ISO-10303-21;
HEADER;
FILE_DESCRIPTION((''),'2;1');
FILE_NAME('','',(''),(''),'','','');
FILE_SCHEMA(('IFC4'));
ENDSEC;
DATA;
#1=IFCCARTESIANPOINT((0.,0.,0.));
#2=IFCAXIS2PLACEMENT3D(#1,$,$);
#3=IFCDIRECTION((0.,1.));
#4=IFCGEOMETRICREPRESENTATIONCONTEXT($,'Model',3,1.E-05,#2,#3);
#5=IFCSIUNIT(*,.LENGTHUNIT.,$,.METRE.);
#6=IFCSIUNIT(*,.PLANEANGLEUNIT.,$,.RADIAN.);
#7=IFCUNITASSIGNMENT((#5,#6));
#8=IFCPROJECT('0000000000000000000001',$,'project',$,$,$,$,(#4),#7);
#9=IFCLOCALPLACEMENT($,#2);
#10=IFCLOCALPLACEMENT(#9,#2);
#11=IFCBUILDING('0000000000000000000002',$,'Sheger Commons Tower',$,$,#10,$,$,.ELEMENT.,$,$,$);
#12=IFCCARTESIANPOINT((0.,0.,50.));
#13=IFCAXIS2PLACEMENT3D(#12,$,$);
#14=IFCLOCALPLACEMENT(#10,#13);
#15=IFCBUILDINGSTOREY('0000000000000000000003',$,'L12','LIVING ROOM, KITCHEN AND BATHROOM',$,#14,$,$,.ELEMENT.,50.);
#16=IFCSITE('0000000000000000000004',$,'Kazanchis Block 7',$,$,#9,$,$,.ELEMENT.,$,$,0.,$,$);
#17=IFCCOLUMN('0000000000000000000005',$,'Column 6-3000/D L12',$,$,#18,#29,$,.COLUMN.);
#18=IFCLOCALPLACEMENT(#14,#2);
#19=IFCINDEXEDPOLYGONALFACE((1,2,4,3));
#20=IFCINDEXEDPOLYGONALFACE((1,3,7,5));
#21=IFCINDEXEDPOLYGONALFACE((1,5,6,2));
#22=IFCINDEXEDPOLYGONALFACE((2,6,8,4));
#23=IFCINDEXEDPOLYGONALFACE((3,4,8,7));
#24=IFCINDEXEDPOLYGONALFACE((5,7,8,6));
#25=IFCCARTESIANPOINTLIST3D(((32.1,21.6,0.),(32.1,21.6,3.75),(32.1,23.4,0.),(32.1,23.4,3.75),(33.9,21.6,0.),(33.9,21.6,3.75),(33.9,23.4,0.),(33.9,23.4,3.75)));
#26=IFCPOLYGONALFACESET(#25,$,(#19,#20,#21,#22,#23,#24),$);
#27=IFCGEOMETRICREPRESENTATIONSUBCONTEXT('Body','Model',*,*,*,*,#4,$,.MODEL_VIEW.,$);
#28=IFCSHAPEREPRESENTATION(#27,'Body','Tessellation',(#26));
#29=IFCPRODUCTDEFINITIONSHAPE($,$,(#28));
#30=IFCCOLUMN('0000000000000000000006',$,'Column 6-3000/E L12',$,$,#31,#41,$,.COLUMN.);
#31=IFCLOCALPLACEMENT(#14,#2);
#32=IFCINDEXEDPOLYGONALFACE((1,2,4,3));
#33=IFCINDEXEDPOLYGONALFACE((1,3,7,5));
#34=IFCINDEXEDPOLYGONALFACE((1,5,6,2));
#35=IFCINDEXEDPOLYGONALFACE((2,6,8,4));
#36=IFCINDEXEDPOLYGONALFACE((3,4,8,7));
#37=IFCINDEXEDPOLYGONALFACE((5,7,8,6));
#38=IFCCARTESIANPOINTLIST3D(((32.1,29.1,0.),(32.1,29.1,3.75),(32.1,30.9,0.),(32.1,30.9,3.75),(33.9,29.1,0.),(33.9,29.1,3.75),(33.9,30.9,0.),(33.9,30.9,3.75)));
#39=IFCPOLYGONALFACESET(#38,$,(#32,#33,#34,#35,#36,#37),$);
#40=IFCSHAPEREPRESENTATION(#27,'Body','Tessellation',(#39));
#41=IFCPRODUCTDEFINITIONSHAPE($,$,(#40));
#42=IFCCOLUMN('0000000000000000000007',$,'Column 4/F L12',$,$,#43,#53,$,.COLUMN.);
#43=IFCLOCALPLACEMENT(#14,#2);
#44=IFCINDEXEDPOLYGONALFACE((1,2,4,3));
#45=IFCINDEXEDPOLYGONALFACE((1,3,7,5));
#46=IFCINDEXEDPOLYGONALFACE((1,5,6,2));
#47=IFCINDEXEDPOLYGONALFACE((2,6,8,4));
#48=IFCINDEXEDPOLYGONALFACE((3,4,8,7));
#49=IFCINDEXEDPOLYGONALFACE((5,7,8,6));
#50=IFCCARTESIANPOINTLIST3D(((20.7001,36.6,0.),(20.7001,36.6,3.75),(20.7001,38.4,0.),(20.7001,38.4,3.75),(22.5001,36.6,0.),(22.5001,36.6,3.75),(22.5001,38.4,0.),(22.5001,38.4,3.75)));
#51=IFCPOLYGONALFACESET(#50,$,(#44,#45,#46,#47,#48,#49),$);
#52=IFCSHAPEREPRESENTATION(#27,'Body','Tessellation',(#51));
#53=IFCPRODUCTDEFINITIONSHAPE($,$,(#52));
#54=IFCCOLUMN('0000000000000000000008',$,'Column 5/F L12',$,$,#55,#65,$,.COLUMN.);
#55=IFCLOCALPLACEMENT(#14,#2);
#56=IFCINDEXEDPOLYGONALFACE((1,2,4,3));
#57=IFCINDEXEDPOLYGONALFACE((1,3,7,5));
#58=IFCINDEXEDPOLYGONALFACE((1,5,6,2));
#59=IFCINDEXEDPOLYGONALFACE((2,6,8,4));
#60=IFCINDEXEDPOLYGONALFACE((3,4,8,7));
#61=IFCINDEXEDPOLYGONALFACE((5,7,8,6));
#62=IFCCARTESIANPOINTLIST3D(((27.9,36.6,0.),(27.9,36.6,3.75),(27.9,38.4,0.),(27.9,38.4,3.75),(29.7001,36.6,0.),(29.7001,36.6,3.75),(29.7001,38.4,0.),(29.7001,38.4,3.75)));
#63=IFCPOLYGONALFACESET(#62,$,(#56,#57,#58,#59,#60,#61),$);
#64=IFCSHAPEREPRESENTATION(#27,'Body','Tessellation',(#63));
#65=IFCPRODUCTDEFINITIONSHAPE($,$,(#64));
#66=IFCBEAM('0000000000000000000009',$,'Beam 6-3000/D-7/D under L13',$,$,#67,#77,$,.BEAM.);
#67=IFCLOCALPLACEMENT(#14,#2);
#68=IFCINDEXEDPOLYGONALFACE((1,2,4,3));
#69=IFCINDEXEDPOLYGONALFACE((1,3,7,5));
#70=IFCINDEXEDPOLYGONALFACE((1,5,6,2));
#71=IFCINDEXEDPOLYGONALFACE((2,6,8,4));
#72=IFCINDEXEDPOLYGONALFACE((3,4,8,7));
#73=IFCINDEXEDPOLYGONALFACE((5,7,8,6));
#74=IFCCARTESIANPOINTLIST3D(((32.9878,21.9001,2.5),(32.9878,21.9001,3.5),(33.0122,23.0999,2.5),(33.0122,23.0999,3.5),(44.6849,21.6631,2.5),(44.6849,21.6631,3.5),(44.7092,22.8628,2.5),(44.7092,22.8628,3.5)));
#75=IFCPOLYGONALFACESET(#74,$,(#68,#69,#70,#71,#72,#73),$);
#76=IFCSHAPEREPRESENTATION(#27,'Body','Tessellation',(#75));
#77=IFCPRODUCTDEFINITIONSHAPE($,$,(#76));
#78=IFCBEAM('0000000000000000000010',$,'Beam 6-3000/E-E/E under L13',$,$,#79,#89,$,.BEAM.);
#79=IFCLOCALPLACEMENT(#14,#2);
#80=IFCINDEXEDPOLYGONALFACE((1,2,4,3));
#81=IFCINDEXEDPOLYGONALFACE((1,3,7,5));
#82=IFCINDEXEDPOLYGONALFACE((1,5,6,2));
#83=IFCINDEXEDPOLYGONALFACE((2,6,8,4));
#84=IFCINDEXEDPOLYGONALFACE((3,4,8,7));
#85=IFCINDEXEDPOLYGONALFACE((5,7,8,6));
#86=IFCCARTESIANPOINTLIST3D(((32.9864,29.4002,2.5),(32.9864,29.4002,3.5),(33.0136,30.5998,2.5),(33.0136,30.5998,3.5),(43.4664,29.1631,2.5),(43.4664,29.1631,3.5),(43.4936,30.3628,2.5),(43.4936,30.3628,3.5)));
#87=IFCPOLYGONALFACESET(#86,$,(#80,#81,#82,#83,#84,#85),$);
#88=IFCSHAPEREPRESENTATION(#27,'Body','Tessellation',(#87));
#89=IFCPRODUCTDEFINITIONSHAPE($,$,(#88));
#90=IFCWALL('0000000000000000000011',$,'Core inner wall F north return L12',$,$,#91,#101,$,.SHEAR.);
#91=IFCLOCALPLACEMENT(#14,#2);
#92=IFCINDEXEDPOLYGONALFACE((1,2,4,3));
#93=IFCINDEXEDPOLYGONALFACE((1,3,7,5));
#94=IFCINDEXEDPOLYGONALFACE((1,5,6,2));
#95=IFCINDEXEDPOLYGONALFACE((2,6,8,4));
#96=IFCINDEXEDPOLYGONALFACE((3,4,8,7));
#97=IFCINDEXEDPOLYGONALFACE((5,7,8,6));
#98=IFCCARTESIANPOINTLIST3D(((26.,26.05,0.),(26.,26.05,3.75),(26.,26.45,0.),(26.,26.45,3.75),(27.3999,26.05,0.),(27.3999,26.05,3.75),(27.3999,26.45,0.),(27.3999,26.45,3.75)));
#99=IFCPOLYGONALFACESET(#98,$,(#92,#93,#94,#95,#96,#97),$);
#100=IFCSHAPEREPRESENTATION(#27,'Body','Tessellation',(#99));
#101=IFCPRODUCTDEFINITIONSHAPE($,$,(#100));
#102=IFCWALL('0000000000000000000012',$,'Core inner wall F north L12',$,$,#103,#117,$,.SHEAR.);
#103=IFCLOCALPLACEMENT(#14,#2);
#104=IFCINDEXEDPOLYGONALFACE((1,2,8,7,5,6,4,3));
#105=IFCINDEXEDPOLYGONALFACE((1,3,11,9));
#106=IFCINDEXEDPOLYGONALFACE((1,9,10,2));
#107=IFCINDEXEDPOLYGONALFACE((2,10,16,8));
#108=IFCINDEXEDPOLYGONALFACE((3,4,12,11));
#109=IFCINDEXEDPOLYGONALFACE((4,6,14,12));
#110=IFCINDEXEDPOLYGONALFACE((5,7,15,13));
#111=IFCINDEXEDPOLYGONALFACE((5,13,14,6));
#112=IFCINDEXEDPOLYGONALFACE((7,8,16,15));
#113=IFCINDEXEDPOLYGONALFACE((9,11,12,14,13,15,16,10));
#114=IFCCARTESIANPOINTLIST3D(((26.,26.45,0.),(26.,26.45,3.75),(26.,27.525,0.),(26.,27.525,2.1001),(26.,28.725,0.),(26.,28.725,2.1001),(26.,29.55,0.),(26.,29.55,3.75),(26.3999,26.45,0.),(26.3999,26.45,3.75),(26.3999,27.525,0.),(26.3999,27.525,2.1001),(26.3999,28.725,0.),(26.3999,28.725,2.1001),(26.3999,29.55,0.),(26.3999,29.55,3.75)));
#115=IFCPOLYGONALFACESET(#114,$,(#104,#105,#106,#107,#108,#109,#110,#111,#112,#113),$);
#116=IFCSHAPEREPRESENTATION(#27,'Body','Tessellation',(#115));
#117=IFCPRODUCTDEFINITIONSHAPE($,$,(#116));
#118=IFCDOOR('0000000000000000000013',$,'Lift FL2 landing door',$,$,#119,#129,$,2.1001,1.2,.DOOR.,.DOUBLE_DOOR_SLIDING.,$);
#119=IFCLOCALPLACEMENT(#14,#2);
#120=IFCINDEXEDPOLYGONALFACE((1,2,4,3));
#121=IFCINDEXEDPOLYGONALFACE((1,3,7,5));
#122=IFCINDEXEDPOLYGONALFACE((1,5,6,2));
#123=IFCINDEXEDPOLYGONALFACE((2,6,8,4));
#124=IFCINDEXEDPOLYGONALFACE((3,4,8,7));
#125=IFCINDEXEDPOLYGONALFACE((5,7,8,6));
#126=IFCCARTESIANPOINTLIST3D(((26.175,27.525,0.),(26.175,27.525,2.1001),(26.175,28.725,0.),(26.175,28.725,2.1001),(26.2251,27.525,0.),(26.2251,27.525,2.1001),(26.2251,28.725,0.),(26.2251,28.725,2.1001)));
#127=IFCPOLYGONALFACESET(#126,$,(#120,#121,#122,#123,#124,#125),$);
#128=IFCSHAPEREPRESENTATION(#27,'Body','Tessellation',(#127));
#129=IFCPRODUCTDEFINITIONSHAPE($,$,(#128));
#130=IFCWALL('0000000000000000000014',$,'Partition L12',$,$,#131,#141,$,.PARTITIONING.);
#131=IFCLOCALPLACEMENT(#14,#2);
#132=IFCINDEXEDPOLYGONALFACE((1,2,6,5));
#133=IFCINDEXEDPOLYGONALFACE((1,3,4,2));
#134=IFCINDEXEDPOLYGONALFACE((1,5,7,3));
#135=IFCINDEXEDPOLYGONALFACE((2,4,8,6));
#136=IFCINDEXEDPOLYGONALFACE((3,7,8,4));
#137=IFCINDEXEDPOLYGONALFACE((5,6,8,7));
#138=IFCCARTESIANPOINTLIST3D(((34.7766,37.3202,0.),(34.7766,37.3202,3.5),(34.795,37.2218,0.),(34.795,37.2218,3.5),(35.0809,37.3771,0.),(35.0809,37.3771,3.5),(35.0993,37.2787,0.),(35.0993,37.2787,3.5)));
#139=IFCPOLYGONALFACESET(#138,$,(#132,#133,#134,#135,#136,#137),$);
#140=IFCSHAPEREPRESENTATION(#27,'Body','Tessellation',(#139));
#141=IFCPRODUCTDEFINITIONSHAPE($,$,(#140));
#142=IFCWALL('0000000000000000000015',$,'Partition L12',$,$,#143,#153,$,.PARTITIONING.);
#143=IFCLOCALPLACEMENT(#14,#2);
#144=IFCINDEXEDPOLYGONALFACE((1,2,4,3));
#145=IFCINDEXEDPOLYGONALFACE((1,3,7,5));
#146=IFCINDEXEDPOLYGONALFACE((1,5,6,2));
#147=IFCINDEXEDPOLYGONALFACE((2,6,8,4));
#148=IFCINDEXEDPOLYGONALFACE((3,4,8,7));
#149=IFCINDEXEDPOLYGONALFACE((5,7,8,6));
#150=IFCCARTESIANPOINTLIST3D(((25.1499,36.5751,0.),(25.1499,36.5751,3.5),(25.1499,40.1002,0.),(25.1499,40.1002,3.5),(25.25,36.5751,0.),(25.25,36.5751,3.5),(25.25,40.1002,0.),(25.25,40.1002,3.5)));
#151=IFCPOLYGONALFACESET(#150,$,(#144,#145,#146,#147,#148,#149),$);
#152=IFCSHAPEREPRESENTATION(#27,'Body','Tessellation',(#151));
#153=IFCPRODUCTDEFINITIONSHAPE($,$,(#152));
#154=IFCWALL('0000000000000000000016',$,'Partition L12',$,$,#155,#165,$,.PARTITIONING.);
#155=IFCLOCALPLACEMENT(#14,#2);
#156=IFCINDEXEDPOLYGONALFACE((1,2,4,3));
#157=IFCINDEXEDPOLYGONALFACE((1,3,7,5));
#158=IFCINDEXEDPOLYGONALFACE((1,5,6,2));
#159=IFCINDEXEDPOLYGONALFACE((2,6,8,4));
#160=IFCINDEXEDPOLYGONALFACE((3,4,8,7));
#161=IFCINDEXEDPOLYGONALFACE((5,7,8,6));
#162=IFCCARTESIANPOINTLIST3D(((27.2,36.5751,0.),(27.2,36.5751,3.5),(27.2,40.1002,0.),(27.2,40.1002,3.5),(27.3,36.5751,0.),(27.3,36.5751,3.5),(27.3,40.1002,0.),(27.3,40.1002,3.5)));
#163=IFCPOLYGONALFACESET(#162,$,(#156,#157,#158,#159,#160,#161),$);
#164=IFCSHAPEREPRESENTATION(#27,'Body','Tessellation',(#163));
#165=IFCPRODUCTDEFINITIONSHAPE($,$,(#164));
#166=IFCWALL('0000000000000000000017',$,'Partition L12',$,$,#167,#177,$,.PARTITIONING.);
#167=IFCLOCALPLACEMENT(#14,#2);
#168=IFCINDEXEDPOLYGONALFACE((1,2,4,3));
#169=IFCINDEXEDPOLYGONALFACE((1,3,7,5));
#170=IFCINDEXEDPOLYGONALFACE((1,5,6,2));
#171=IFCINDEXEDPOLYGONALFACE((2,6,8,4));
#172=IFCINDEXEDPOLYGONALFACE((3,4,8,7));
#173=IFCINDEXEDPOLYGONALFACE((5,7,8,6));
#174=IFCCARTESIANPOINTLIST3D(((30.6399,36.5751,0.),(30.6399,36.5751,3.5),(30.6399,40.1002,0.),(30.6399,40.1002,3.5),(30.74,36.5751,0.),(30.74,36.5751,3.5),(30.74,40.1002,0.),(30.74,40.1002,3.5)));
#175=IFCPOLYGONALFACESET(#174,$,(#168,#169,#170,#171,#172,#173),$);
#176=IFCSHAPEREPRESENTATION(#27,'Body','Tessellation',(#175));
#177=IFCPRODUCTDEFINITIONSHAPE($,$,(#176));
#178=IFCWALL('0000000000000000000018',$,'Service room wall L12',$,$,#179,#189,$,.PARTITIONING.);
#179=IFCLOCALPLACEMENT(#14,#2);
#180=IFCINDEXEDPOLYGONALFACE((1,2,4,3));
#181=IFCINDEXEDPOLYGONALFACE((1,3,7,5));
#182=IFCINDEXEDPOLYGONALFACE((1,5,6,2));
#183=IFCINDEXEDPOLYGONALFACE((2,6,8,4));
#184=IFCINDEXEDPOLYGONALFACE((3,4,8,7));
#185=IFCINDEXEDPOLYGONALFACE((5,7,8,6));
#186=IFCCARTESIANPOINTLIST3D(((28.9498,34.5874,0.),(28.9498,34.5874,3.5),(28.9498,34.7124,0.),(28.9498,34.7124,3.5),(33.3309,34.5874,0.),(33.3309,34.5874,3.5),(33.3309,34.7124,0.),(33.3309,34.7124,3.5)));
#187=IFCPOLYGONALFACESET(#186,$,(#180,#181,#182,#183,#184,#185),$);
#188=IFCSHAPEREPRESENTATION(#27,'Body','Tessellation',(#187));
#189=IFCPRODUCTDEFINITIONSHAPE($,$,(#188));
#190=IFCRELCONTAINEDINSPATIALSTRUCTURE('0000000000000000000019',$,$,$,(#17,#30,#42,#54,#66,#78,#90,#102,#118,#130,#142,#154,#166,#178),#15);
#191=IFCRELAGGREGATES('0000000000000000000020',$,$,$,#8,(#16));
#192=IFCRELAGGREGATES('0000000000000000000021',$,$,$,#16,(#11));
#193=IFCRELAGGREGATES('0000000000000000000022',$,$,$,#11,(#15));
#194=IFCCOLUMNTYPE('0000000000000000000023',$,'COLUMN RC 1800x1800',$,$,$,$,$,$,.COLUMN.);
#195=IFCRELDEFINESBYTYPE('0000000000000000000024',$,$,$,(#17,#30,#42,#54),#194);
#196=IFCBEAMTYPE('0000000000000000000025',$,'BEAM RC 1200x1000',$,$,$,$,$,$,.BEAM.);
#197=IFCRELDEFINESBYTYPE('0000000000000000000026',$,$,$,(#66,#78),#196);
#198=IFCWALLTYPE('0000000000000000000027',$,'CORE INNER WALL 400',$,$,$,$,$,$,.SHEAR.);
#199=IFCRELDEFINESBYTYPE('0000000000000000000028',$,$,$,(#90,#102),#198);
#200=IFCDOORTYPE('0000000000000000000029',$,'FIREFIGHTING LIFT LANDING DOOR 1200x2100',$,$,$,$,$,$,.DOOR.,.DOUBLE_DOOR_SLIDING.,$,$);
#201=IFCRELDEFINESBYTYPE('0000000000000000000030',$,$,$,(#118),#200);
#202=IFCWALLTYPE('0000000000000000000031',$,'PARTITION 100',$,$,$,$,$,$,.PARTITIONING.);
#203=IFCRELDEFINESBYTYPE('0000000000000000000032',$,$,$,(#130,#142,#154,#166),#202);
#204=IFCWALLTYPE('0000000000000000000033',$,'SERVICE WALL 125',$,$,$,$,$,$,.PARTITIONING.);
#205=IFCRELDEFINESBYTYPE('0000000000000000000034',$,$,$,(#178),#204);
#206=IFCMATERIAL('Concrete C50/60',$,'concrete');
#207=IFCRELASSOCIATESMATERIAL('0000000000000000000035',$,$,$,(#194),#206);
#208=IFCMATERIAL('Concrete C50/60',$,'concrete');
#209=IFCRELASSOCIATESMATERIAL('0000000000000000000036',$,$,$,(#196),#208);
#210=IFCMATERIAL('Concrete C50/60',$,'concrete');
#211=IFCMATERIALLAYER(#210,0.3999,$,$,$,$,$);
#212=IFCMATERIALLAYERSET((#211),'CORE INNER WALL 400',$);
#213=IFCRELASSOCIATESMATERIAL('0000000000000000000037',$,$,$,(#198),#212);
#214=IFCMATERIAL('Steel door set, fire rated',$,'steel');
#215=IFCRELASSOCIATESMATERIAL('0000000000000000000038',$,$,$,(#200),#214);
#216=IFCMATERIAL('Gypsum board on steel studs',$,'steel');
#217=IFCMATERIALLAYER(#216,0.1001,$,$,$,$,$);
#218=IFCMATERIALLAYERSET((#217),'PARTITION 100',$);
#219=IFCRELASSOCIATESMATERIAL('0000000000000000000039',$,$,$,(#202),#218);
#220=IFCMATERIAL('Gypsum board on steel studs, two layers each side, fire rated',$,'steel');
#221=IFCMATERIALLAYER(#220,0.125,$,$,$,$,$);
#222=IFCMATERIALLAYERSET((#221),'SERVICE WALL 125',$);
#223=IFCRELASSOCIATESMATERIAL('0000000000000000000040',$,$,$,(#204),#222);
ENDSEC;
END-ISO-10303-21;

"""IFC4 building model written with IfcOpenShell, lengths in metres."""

from ifc_helpers import new_model, si_unit, direction, frame, frame_2d, origin, origin_2d, place, context, subcontext, project, spatial, rectangle, extrude, material, layer, layer_set, material_profile, profile_set, type_object, element, fill, save


model = new_model("IFC4")

# Units and contexts
model_context = context("Model", 3, precision=1e-05, world=origin(), true_north=direction((0.0, 1.0)))
body_context = subcontext(model_context, "Body", "Model", "MODEL_VIEW")
ifc_project = project(units=[si_unit("LENGTHUNIT", "METRE"), si_unit("PLANEANGLEUNIT", "RADIAN")], contexts=[model_context])

# Site, building, storey
site_placement = place(None, origin())
site = spatial("IfcSite", under=ifc_project, at=site_placement, Name="Kazanchis Block 7", CompositionType="ELEMENT", RefElevation=0.0)
building_placement = place(site_placement, origin())
building = spatial("IfcBuilding", under=site, at=building_placement, Name="Sheger Commons Tower", CompositionType="ELEMENT")
storey_placement = place(building_placement, frame((0.0, 0.0, 50.0)))
storey = spatial("IfcBuildingStorey", under=building, at=storey_placement, Name="L12", Description="LIVING ROOM, KITCHEN AND BATHROOM", CompositionType="ELEMENT", Elevation=50.0)

# Columns
ifc_material_1 = material(Name="Concrete C50/60", Category="concrete")
ifc_material_profile_1 = material_profile(ifc_material_1, rectangle(XDim=1.8, YDim=1.8, at=origin_2d()), Name="RC 1800x1800")
ifc_profile_set_1 = profile_set([ifc_material_profile_1], Name="Concrete C50/60")
column_type = type_object("IfcColumnType", Name="COLUMN RC 1800x1800", PredefinedType="COLUMN", material=ifc_profile_set_1)
for number, where, z_axis, x_axis, name in (
    (1, (33.0, 22.5, 0.0), (0.0, 0.0, 1.0), (1.0, 0.0, 0.0), "Column 6-3000/D L12"),
    (2, (33.0, 30.0, 0.0), (0.0, 0.0, 1.0), (1.0, 0.0, 0.0), "Column 6-3000/E L12"),
    (3, (21.6001, 37.5, 0.0), (0.0, 0.0, 1.0), (1.0, 0.0, 0.0), "Column 4/F L12"),
    (4, (28.8, 37.5, 0.0), (0.0, 0.0, 1.0), (1.0, 0.0, 0.0), "Column 5/F L12"),
):
    element("IfcColumn", number, at=place(storey_placement, frame(where, z_axis=z_axis, x_axis=x_axis)), inside=storey, type_object=column_type, Name=name, PredefinedType="COLUMN", context=body_context, shape_type="SweptSolid", body=[
        extrude(rectangle(XDim=1.8, YDim=1.8, at=origin_2d()), origin(), (0.0, 0.0, 1.0), 3.75),
    ])

# Beams
ifc_material_2 = material(Name="Concrete C50/60", Category="concrete")
ifc_material_profile_2 = material_profile(ifc_material_2, rectangle(XDim=1.2, YDim=1.0, at=origin_2d()), Name="RC 1200x1000")
ifc_profile_set_2 = profile_set([ifc_material_profile_2], Name="Concrete C50/60")
beam_type = type_object("IfcBeamType", Name="BEAM RC 1200x1000", PredefinedType="BEAM", material=ifc_profile_set_2)
beam_1_placement = place(storey_placement, frame((33.0, 22.5, 3.0), z_axis=(0.999795, -0.020263, 0.0), x_axis=(0.020263, 0.999795, 0.0)))
element("IfcBeam", 5, at=beam_1_placement, inside=storey, type_object=beam_type, Name="Beam 6-3000/D-7/D under L13", PredefinedType="BEAM", context=body_context, shape_type="SweptSolid", body=[
    extrude(rectangle(XDim=1.2, YDim=1.0, at=origin_2d()), origin(), (0.0, 0.0, 1.0), 11.6995),
])
beam_2_placement = place(storey_placement, frame((33.0, 30.0, 3.0), z_axis=(0.999744, -0.022615, 0.0), x_axis=(0.022615, 0.999744, 0.0)))
element("IfcBeam", 6, at=beam_2_placement, inside=storey, type_object=beam_type, Name="Beam 6-3000/E-E/E under L13", PredefinedType="BEAM", context=body_context, shape_type="SweptSolid", body=[
    extrude(rectangle(XDim=1.2, YDim=1.0, at=origin_2d()), origin(), (0.0, 0.0, 1.0), 10.4827),
])

# Wall
ifc_material_3 = material(Name="Concrete C50/60", Category="concrete")
ifc_layer_1 = layer(ifc_material_3, 0.3999)
ifc_layer_set_1 = layer_set([ifc_layer_1], Name="CORE INNER WALL 400")
wall_type_1 = type_object("IfcWallType", Name="CORE INNER WALL 400", PredefinedType="SHEAR", material=ifc_layer_set_1)
wall_1_placement = place(storey_placement, frame((26.0, 26.25, 0.0), z_axis=(0.0, 0.0, 1.0), x_axis=(1.0, 0.0, 0.0)))
element("IfcWall", 7, at=wall_1_placement, inside=storey, type_object=wall_type_1, Name="Core inner wall F north return L12", PredefinedType="SHEAR", context=body_context, shape_type="SweptSolid", body=[
    extrude(rectangle(XDim=1.3999, YDim=0.3999, at=frame_2d((0.7, 0.0))), origin(), (0.0, 0.0, 1.0), 3.75),
])

# Wall, opening, door
wall_2_placement = place(storey_placement, frame((26.2, 26.45, 0.0), z_axis=(0.0, 0.0, 1.0), x_axis=(0.0, 1.0, 0.0)))
wall_2 = element("IfcWall", 8, at=wall_2_placement, inside=storey, type_object=wall_type_1, Name="Core inner wall F north L12", PredefinedType="SHEAR", context=body_context, shape_type="SweptSolid", body=[
    extrude(rectangle(XDim=3.1001, YDim=0.3999, at=frame_2d((1.55, 0.0))), origin(), (0.0, 0.0, 1.0), 3.75),
])
opening_1_placement = place(wall_2_placement, frame((1.075, 0.0, 0.0)))
opening_1 = element("IfcOpeningElement", 9, at=opening_1_placement, cuts=wall_2, PredefinedType="OPENING", context=body_context, shape_type="SweptSolid", body=[
    extrude(rectangle(XDim=1.2, YDim=2.1001, at=frame_2d((0.6001, 1.05))), frame((0.0, 0.21, 0.0), z_axis=(0.0, -1.0, 0.0), x_axis=(1.0, 0.0, 0.0)), (0.0, 0.0, 1.0), 0.4199),
])
ifc_material_4 = material(Name="Steel door set, fire rated", Category="steel")
door_type_1 = type_object("IfcDoorType", Name="FIREFIGHTING LIFT LANDING DOOR 1200x2100", OperationType="DOUBLE_DOOR_SLIDING", PredefinedType="DOOR", material=ifc_material_4)
door_1_placement = place(opening_1_placement, origin())
door_1 = element("IfcDoor", 10, at=door_1_placement, inside=storey, type_object=door_type_1, Name="Lift FL2 landing door", OperationType="DOUBLE_DOOR_SLIDING", OverallHeight=2.1001, OverallWidth=1.2, PredefinedType="DOOR", context=body_context, shape_type="SweptSolid", body=[
    extrude(rectangle(XDim=1.2, YDim=2.1001, at=frame_2d((0.6001, 1.05))), frame((0.0, 0.0249, 0.0), z_axis=(0.0, -1.0, 0.0), x_axis=(1.0, 0.0, 0.0)), (0.0, 0.0, 1.0), 0.05),
])
fill(opening_1, door_1)

# Walls
ifc_material_5 = material(Name="Gypsum board on steel studs", Category="steel")
ifc_layer_2 = layer(ifc_material_5, 0.1001)
ifc_layer_set_2 = layer_set([ifc_layer_2], Name="PARTITION 100")
wall_type_2 = type_object("IfcWallType", Name="PARTITION 100", PredefinedType="PARTITIONING", material=ifc_layer_set_2)
wall_3_placement = place(storey_placement, frame((35.0901, 37.3279, 0.0), z_axis=(0.0, 0.0, 1.0), x_axis=(-0.982961, -0.183812, 0.0)))
element("IfcWall", 11, at=wall_3_placement, inside=storey, type_object=wall_type_2, Name="Partition L12", PredefinedType="PARTITIONING", context=body_context, shape_type="SweptSolid", body=[
    extrude(rectangle(XDim=0.3096, YDim=0.1001, at=frame_2d((0.1548, 0.0))), origin(), (0.0, 0.0, 1.0), 3.5),
])
for number, where, z_axis, x_axis, name in (
    (12, (25.2, 36.575, 0.0), (0.0, 0.0, 1.0), (0.0, 1.0, 0.0), "Partition L12"),
    (13, (27.25, 36.575, 0.0), (0.0, 0.0, 1.0), (0.0, 1.0, 0.0), "Partition L12"),
    (14, (30.6899, 36.575, 0.0), (0.0, 0.0, 1.0), (0.0, 1.0, 0.0), "Partition L12"),
):
    element("IfcWall", number, at=place(storey_placement, frame(where, z_axis=z_axis, x_axis=x_axis)), inside=storey, type_object=wall_type_2, Name=name, PredefinedType="PARTITIONING", context=body_context, shape_type="SweptSolid", body=[
        extrude(rectangle(XDim=3.5251, YDim=0.1001, at=frame_2d((1.7627, 0.0))), origin(), (0.0, 0.0, 1.0), 3.5),
    ])
ifc_material_6 = material(Name="Gypsum board on steel studs, two layers each side, fire rated", Category="steel")
ifc_layer_3 = layer(ifc_material_6, 0.125)
ifc_layer_set_3 = layer_set([ifc_layer_3], Name="SERVICE WALL 125")
wall_type_3 = type_object("IfcWallType", Name="SERVICE WALL 125", PredefinedType="PARTITIONING", material=ifc_layer_set_3)
wall_4_placement = place(storey_placement, frame((28.95, 34.6499, 0.0), z_axis=(0.0, 0.0, 1.0), x_axis=(1.0, 0.0, 0.0)))
element("IfcWall", 15, at=wall_4_placement, inside=storey, type_object=wall_type_3, Name="Service room wall L12", PredefinedType="PARTITIONING", context=body_context, shape_type="SweptSolid", body=[
    extrude(rectangle(XDim=4.3811, YDim=0.125, at=frame_2d((2.1904, 0.0))), origin(), (0.0, 0.0, 1.0), 3.5),
])

save(model, "model.ifc")
